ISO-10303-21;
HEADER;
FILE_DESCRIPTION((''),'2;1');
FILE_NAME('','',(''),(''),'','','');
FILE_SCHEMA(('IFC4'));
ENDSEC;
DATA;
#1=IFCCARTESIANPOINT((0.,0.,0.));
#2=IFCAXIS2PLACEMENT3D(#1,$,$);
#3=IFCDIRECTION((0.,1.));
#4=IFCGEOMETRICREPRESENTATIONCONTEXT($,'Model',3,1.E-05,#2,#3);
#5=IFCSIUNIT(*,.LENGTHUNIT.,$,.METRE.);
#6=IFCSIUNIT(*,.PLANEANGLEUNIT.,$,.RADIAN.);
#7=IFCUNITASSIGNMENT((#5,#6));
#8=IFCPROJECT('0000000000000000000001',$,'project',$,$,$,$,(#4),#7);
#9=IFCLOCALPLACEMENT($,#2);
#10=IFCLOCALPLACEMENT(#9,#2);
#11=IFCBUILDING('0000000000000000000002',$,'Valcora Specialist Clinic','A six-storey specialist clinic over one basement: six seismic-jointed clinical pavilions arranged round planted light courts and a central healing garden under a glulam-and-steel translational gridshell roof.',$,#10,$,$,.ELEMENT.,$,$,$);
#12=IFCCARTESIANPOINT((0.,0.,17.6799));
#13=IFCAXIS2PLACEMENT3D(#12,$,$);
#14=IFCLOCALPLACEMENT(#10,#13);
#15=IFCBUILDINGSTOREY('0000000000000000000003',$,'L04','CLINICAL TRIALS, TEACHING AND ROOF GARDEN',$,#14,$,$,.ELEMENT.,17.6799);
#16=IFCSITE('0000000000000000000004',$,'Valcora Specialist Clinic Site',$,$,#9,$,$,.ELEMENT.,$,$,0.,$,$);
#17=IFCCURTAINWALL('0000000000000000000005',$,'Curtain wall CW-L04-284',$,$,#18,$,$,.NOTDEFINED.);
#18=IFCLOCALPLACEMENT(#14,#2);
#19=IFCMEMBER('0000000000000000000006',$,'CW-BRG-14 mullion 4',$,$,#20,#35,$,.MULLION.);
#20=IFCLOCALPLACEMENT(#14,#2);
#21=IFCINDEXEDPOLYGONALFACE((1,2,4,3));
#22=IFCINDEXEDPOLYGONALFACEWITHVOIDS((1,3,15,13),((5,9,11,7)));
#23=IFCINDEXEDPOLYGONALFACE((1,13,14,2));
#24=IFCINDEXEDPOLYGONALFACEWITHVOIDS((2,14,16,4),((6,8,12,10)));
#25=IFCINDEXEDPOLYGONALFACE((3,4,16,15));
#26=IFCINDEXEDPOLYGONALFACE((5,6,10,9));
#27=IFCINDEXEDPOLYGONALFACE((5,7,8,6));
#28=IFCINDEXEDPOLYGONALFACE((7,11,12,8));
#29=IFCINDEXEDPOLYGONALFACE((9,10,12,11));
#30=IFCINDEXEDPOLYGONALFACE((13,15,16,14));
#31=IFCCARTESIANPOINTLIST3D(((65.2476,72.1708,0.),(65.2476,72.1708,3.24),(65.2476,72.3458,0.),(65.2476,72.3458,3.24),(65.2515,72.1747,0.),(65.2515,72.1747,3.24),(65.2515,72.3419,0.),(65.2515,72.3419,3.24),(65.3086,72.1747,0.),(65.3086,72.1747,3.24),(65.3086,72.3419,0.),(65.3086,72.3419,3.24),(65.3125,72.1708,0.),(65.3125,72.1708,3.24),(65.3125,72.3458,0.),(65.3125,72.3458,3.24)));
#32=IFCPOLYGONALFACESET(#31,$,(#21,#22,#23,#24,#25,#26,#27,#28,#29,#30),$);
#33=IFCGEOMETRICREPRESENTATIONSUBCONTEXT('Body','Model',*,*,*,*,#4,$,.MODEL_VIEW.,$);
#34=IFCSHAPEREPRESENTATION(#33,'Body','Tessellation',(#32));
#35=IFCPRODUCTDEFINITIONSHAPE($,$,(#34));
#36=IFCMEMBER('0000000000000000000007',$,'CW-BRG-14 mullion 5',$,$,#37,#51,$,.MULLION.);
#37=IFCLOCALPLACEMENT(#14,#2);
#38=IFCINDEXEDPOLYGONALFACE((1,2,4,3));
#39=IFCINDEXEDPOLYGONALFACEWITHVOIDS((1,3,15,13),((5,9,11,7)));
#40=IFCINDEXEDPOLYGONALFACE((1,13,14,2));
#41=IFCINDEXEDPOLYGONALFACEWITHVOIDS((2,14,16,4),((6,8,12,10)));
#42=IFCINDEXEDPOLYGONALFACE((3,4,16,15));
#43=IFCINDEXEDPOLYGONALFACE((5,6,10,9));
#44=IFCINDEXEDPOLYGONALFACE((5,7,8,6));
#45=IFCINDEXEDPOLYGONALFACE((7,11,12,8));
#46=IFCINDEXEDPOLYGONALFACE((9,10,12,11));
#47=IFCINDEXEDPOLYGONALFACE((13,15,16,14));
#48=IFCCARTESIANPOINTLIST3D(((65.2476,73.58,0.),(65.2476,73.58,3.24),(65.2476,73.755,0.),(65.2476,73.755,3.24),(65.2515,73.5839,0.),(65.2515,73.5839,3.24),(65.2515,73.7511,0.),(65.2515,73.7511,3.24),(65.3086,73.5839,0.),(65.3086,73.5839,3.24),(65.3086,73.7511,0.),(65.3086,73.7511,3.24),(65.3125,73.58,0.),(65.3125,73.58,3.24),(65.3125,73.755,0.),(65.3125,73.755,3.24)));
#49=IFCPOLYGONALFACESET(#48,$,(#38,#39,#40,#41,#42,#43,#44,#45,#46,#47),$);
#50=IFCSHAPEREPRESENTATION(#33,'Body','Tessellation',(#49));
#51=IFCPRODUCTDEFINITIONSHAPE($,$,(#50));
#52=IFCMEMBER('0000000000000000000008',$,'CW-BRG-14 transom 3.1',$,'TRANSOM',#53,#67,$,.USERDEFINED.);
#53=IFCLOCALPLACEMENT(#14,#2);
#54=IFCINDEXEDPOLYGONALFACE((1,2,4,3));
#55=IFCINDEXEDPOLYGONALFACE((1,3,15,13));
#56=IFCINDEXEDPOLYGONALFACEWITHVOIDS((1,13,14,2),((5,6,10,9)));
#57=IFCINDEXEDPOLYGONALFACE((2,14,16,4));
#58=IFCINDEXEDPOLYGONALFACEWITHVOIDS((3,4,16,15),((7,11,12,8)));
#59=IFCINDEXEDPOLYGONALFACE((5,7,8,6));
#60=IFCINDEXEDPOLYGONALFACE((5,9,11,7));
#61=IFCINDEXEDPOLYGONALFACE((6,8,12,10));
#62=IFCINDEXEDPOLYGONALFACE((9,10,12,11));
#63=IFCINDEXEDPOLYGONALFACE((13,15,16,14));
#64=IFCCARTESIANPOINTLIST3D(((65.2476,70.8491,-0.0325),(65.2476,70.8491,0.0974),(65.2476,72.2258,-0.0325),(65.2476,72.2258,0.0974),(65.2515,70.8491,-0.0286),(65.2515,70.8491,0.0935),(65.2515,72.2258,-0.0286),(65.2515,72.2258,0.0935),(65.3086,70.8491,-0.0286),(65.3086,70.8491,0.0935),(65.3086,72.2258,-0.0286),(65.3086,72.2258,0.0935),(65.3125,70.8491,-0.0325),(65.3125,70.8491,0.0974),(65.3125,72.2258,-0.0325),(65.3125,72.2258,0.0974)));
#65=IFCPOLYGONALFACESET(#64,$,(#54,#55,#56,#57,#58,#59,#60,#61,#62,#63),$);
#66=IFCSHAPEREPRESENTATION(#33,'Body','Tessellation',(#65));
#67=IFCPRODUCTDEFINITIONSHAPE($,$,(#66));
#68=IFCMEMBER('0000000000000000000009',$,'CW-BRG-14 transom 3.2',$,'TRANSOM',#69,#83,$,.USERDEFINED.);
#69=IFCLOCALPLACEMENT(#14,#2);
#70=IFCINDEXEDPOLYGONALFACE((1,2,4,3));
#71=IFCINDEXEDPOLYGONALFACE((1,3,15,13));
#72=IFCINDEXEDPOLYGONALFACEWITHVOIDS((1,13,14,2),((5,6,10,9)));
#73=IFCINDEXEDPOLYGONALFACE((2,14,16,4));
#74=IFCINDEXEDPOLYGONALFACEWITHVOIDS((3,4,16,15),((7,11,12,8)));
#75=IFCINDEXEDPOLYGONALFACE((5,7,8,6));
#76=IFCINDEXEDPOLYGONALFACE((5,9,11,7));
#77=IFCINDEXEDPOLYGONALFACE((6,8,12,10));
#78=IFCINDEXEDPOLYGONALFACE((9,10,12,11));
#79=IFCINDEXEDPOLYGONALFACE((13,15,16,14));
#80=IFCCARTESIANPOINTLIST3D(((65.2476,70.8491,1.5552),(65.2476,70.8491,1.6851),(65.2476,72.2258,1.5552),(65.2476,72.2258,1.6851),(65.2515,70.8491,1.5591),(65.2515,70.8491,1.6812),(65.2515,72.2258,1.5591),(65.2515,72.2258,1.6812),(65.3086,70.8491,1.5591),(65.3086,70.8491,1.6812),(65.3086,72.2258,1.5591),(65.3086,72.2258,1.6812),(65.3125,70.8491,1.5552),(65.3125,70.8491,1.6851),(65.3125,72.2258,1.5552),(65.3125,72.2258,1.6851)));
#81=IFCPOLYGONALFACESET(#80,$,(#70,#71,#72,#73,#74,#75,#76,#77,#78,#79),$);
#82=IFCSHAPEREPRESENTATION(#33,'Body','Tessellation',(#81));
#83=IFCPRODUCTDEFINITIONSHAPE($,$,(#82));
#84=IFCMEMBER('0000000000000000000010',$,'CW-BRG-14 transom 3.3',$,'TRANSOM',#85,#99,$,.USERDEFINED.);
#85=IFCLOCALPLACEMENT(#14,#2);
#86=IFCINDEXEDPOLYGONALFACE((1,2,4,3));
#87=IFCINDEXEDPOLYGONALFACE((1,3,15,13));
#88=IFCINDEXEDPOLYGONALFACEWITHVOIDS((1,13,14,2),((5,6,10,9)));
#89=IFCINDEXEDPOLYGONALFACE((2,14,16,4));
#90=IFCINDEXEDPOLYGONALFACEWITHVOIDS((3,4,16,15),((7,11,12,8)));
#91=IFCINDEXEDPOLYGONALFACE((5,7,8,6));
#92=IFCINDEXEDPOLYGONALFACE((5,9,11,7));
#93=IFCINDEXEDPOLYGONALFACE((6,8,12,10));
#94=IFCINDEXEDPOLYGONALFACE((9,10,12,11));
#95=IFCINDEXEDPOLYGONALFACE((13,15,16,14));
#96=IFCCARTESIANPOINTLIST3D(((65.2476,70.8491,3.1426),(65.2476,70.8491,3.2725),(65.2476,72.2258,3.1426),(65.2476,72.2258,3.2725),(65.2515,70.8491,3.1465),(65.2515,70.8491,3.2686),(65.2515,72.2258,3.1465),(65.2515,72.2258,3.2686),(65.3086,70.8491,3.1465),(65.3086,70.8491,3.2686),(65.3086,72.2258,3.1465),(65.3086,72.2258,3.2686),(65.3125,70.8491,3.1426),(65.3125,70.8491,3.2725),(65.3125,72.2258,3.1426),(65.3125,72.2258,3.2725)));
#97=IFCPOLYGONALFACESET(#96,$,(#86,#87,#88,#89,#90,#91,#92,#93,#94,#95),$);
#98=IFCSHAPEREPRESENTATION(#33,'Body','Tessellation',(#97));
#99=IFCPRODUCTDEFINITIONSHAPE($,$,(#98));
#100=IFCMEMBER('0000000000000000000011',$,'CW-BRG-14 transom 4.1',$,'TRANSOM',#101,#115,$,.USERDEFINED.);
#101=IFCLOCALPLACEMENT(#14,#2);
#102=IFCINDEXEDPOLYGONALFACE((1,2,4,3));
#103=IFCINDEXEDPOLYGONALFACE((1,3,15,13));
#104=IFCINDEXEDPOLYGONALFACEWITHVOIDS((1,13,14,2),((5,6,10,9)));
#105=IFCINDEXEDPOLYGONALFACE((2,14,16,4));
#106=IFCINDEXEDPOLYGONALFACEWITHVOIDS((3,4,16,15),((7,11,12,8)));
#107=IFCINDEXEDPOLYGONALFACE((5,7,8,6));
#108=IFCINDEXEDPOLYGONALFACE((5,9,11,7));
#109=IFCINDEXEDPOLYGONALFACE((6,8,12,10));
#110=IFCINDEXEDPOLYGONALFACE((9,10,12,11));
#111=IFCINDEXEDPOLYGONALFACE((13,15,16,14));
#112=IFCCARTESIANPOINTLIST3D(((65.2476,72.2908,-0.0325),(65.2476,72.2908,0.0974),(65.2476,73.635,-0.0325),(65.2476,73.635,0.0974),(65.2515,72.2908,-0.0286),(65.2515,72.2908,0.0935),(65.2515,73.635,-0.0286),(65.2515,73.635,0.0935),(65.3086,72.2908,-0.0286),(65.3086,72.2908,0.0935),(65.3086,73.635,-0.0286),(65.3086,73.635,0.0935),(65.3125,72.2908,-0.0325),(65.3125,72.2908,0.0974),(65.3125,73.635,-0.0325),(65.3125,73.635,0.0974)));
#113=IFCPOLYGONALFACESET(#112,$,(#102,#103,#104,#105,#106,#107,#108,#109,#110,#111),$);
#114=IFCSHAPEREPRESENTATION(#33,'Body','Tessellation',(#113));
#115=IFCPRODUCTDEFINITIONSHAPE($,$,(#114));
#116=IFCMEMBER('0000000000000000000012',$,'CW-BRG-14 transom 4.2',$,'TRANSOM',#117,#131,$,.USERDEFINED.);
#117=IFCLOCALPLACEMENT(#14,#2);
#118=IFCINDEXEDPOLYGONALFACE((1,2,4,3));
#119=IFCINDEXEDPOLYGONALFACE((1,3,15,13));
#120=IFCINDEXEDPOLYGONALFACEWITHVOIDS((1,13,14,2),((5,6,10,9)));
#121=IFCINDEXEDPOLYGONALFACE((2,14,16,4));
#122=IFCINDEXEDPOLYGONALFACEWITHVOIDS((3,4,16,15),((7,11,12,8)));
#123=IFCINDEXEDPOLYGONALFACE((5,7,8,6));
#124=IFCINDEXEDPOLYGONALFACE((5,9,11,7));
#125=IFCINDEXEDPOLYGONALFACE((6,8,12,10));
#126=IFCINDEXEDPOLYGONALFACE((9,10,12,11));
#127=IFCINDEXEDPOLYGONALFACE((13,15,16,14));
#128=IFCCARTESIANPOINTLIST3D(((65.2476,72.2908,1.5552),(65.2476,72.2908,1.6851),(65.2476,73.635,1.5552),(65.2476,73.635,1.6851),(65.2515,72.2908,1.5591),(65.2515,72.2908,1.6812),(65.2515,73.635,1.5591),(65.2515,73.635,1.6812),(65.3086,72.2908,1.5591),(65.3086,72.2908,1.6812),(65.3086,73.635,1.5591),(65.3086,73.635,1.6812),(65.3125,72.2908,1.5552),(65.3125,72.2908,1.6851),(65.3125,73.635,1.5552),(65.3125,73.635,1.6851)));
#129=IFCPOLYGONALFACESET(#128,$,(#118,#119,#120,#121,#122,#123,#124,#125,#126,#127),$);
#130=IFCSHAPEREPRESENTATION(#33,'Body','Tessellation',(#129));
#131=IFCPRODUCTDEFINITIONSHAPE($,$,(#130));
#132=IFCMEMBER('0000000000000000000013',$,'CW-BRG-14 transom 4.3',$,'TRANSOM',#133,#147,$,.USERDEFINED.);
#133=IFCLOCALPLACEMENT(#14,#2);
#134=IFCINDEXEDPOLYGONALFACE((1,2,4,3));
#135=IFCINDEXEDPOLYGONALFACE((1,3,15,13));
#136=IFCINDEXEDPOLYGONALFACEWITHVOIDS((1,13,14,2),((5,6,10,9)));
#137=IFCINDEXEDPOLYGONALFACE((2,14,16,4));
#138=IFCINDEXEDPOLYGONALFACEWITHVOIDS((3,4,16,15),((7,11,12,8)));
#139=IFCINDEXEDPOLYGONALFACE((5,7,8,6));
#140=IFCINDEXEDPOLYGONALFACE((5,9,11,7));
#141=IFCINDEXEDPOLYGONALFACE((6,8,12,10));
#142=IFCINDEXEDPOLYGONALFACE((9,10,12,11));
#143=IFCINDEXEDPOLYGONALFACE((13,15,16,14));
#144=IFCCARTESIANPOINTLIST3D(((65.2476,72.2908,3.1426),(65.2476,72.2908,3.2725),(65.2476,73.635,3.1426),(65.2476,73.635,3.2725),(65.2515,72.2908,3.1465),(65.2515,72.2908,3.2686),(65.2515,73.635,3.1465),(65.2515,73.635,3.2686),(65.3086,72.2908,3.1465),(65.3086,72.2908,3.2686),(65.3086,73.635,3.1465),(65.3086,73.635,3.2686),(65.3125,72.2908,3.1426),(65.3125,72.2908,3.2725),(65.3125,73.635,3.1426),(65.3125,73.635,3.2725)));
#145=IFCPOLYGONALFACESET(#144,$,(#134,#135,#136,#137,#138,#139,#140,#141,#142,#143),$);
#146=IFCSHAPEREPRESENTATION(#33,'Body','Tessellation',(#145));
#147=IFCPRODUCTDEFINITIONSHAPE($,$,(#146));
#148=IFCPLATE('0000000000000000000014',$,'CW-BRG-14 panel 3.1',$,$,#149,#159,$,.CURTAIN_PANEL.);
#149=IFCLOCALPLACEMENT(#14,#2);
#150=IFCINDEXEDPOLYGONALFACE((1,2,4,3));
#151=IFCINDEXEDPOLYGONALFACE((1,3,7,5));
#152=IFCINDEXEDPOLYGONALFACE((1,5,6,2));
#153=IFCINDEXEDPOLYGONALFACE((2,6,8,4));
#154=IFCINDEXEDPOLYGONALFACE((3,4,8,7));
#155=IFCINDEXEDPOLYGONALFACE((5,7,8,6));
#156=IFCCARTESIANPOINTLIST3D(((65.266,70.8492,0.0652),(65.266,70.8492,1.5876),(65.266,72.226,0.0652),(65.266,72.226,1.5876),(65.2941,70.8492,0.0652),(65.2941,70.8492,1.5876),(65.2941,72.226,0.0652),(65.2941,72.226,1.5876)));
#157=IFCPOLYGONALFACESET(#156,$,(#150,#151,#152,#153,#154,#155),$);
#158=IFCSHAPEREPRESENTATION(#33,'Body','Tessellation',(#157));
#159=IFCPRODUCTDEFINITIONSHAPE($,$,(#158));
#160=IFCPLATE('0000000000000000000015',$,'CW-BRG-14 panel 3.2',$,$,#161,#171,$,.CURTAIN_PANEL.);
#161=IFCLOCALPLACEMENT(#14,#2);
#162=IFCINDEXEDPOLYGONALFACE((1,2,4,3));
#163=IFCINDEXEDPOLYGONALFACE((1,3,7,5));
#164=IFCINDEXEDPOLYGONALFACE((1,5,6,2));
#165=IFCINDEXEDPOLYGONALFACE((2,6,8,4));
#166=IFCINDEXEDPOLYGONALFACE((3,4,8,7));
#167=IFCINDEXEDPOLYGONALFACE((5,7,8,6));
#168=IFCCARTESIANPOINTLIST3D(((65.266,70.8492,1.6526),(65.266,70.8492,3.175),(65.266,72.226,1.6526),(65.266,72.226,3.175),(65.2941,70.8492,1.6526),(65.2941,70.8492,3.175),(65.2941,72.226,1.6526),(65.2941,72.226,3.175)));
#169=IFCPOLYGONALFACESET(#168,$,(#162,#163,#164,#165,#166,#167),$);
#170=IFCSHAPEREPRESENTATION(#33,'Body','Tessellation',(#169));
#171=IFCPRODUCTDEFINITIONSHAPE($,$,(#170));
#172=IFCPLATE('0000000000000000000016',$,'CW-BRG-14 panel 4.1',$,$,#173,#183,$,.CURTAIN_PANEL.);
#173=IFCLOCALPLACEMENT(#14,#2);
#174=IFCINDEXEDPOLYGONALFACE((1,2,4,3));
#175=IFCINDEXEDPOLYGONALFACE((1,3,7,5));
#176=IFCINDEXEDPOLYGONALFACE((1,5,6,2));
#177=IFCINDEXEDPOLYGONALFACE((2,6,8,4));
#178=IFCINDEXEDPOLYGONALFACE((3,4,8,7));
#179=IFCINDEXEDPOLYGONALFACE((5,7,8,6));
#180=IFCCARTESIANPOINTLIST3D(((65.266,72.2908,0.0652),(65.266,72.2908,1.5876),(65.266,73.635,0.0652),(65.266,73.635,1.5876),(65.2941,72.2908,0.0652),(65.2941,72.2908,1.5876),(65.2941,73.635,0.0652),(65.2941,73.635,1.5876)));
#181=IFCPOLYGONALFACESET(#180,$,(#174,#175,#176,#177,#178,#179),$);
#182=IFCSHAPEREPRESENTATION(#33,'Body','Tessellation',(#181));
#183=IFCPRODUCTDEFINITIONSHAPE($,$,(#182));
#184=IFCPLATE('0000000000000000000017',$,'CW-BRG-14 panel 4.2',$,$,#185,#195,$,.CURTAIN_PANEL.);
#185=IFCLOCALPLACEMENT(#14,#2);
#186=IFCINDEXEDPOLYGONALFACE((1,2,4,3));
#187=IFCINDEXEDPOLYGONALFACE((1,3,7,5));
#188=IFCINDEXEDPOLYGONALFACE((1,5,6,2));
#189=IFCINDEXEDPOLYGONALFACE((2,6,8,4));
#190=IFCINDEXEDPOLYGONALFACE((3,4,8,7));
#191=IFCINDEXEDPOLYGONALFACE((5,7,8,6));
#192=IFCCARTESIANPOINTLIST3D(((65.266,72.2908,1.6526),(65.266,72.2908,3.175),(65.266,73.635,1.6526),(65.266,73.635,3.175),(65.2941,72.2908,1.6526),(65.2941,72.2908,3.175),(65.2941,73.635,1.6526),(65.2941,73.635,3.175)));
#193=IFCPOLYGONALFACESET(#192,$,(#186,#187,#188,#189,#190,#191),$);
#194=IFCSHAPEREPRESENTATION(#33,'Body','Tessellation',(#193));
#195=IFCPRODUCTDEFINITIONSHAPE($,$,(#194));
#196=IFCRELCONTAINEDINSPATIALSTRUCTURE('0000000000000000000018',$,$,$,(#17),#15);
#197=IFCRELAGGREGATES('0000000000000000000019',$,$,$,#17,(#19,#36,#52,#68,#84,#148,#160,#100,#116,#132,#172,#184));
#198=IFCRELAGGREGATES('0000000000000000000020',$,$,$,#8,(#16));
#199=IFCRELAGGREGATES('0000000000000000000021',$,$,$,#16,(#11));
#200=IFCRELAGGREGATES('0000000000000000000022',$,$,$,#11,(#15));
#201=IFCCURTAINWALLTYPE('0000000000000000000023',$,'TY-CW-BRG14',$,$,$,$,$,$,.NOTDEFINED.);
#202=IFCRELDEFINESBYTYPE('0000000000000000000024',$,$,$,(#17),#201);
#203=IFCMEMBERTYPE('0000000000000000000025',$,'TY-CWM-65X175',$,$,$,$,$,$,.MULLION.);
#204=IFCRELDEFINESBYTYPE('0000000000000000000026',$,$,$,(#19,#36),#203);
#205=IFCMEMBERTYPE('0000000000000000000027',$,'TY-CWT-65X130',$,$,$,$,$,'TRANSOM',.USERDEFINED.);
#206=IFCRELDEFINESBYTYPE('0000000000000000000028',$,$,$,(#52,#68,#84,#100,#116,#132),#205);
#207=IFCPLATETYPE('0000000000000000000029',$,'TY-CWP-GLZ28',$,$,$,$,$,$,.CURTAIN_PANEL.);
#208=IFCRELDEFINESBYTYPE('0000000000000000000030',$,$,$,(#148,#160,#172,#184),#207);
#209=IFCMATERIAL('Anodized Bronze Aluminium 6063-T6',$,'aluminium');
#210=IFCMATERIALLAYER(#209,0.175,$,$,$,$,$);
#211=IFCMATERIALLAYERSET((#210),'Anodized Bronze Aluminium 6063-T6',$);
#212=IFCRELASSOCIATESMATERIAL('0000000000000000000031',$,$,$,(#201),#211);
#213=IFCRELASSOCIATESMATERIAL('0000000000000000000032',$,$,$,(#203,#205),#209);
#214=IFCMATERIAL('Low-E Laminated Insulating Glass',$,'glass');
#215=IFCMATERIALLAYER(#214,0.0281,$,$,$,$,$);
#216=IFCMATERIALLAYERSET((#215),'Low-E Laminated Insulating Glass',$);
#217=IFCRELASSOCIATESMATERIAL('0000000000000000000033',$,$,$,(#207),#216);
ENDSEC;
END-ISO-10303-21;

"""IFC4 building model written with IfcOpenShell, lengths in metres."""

from ifc_helpers import new_model, si_unit, direction, frame, origin, origin_2d, place, context, subcontext, project, spatial, rectangle, hollow_rectangle, extrude, material, layer, layer_set, material_profile, profile_set, type_object, element, aggregate, save


model = new_model("IFC4")

# Units and contexts
model_context = context("Model", 3, precision=1e-05, world=origin(), true_north=direction((0.0, 1.0)))
body_context = subcontext(model_context, "Body", "Model", "MODEL_VIEW")
ifc_project = project(units=[si_unit("LENGTHUNIT", "METRE"), si_unit("PLANEANGLEUNIT", "RADIAN")], contexts=[model_context])

# Site, building, storey
site_placement = place(None, origin())
site = spatial("IfcSite", under=ifc_project, at=site_placement, Name="Valcora Specialist Clinic Site", CompositionType="ELEMENT", RefElevation=0.0)
building_placement = place(site_placement, origin())
building = spatial("IfcBuilding", under=site, at=building_placement, Name="Valcora Specialist Clinic", Description="A six-storey specialist clinic over one basement: six seismic-jointed clinical pavilions arranged round planted light courts and a central healing garden under a glulam-and-steel translational gridshell roof.", CompositionType="ELEMENT")
storey_placement = place(building_placement, frame((0.0, 0.0, 17.6799)))
storey = spatial("IfcBuildingStorey", under=building, at=storey_placement, Name="L04", Description="CLINICAL TRIALS, TEACHING AND ROOF GARDEN", CompositionType="ELEMENT", Elevation=17.6799)

# Curtain wall, members, plates
ifc_material_1 = material(Name="Anodized Bronze Aluminium 6063-T6", Category="aluminium")
ifc_layer_1 = layer(ifc_material_1, 0.175)
ifc_layer_set_1 = layer_set([ifc_layer_1], Name="Anodized Bronze Aluminium 6063-T6")
curtain_wall_type = type_object("IfcCurtainWallType", Name="TY-CW-BRG14", PredefinedType="NOTDEFINED", material=ifc_layer_set_1)
curtain_wall_placement = place(storey_placement, origin())
curtain_wall = element("IfcCurtainWall", 1, at=curtain_wall_placement, inside=storey, type_object=curtain_wall_type, Name="Curtain wall CW-L04-284", PredefinedType="NOTDEFINED")
ifc_material_profile_1 = material_profile(ifc_material_1, hollow_rectangle(XDim=0.0649, YDim=0.175, WallThickness=0.0039, at=origin_2d()), Name="AL-MUL-65X175")
ifc_profile_set_1 = profile_set([ifc_material_profile_1], Name="Anodized Bronze Aluminium 6063-T6")
member_type_1 = type_object("IfcMemberType", Name="TY-CWM-65X175", PredefinedType="MULLION", material=ifc_profile_set_1)
member_1_placement = place(storey_placement, frame((65.28, 72.2583, 0.0), z_axis=(0.0, 0.0, 1.0), x_axis=(-1.0, 0.0, 0.0)))
member_1 = element("IfcMember", 2, at=member_1_placement, type_object=member_type_1, Name="CW-BRG-14 mullion 4", PredefinedType="MULLION", context=body_context, shape_type="SweptSolid", body=[
    extrude(hollow_rectangle(XDim=0.0649, YDim=0.175, WallThickness=0.0039, at=origin_2d()), origin(), (0.0, 0.0, 1.0), 3.24),
])
member_2_placement = place(storey_placement, frame((65.28, 73.6675, 0.0), z_axis=(0.0, 0.0, 1.0), x_axis=(-1.0, 0.0, 0.0)))
member_2 = element("IfcMember", 3, at=member_2_placement, type_object=member_type_1, Name="CW-BRG-14 mullion 5", PredefinedType="MULLION", context=body_context, shape_type="SweptSolid", body=[
    extrude(hollow_rectangle(XDim=0.0649, YDim=0.175, WallThickness=0.0039, at=origin_2d()), origin(), (0.0, 0.0, 1.0), 3.24),
])
ifc_material_profile_2 = material_profile(ifc_material_1, hollow_rectangle(XDim=0.0649, YDim=0.1299, WallThickness=0.0039, at=origin_2d()), Name="AL-TRN-65X130")
ifc_profile_set_2 = profile_set([ifc_material_profile_2], Name="Anodized Bronze Aluminium 6063-T6")
member_type_2 = type_object("IfcMemberType", Name="TY-CWT-65X130", ElementType="TRANSOM", PredefinedType="USERDEFINED", material=ifc_profile_set_2)
member_3_placement = place(storey_placement, frame((65.28, 70.8491, 0.0325), z_axis=(0.0, 1.0, 0.0), x_axis=(-1.0, 0.0, 0.0)))
member_3 = element("IfcMember", 4, at=member_3_placement, type_object=member_type_2, Name="CW-BRG-14 transom 3.1", ObjectType="TRANSOM", PredefinedType="USERDEFINED", context=body_context, shape_type="SweptSolid", body=[
    extrude(hollow_rectangle(XDim=0.0649, YDim=0.1299, WallThickness=0.0039, at=origin_2d()), origin(), (0.0, 0.0, 1.0), 1.3767),
])
member_4_placement = place(storey_placement, frame((65.28, 70.8491, 1.6201), z_axis=(0.0, 1.0, 0.0), x_axis=(-1.0, 0.0, 0.0)))
member_4 = element("IfcMember", 5, at=member_4_placement, type_object=member_type_2, Name="CW-BRG-14 transom 3.2", ObjectType="TRANSOM", PredefinedType="USERDEFINED", context=body_context, shape_type="SweptSolid", body=[
    extrude(hollow_rectangle(XDim=0.0649, YDim=0.1299, WallThickness=0.0039, at=origin_2d()), origin(), (0.0, 0.0, 1.0), 1.3767),
])
member_5_placement = place(storey_placement, frame((65.28, 70.8491, 3.2075), z_axis=(0.0, 1.0, 0.0), x_axis=(-1.0, 0.0, 0.0)))
member_5 = element("IfcMember", 6, at=member_5_placement, type_object=member_type_2, Name="CW-BRG-14 transom 3.3", ObjectType="TRANSOM", PredefinedType="USERDEFINED", context=body_context, shape_type="SweptSolid", body=[
    extrude(hollow_rectangle(XDim=0.0649, YDim=0.1299, WallThickness=0.0039, at=origin_2d()), origin(), (0.0, 0.0, 1.0), 1.3767),
])
member_6_placement = place(storey_placement, frame((65.28, 72.2908, 0.0325), z_axis=(0.0, 1.0, 0.0), x_axis=(-1.0, 0.0, 0.0)))
member_6 = element("IfcMember", 7, at=member_6_placement, type_object=member_type_2, Name="CW-BRG-14 transom 4.1", ObjectType="TRANSOM", PredefinedType="USERDEFINED", context=body_context, shape_type="SweptSolid", body=[
    extrude(hollow_rectangle(XDim=0.0649, YDim=0.1299, WallThickness=0.0039, at=origin_2d()), origin(), (0.0, 0.0, 1.0), 1.3442),
])
member_7_placement = place(storey_placement, frame((65.28, 72.2908, 1.6201), z_axis=(0.0, 1.0, 0.0), x_axis=(-1.0, 0.0, 0.0)))
member_7 = element("IfcMember", 8, at=member_7_placement, type_object=member_type_2, Name="CW-BRG-14 transom 4.2", ObjectType="TRANSOM", PredefinedType="USERDEFINED", context=body_context, shape_type="SweptSolid", body=[
    extrude(hollow_rectangle(XDim=0.0649, YDim=0.1299, WallThickness=0.0039, at=origin_2d()), origin(), (0.0, 0.0, 1.0), 1.3442),
])
member_8_placement = place(storey_placement, frame((65.28, 72.2908, 3.2075), z_axis=(0.0, 1.0, 0.0), x_axis=(-1.0, 0.0, 0.0)))
member_8 = element("IfcMember", 9, at=member_8_placement, type_object=member_type_2, Name="CW-BRG-14 transom 4.3", ObjectType="TRANSOM", PredefinedType="USERDEFINED", context=body_context, shape_type="SweptSolid", body=[
    extrude(hollow_rectangle(XDim=0.0649, YDim=0.1299, WallThickness=0.0039, at=origin_2d()), origin(), (0.0, 0.0, 1.0), 1.3442),
])
ifc_material_2 = material(Name="Low-E Laminated Insulating Glass", Category="glass")
ifc_layer_2 = layer(ifc_material_2, 0.0281)
ifc_layer_set_2 = layer_set([ifc_layer_2], Name="Low-E Laminated Insulating Glass")
plate_type = type_object("IfcPlateType", Name="TY-CWP-GLZ28", PredefinedType="CURTAIN_PANEL", material=ifc_layer_set_2)
plate_1_placement = place(storey_placement, frame((65.28, 71.5376, 0.0652), z_axis=(0.0, 0.0, 1.0), x_axis=(0.0, 1.0, 0.0)))
plate_1 = element("IfcPlate", 10, at=plate_1_placement, type_object=plate_type, Name="CW-BRG-14 panel 3.1", PredefinedType="CURTAIN_PANEL", context=body_context, shape_type="SweptSolid", body=[
    extrude(rectangle(XDim=1.3767, YDim=0.0281, at=origin_2d()), origin(), (0.0, 0.0, 1.0), 1.5225),
])
plate_2_placement = place(storey_placement, frame((65.28, 71.5376, 1.6526), z_axis=(0.0, 0.0, 1.0), x_axis=(0.0, 1.0, 0.0)))
plate_2 = element("IfcPlate", 11, at=plate_2_placement, type_object=plate_type, Name="CW-BRG-14 panel 3.2", PredefinedType="CURTAIN_PANEL", context=body_context, shape_type="SweptSolid", body=[
    extrude(rectangle(XDim=1.3767, YDim=0.0281, at=origin_2d()), origin(), (0.0, 0.0, 1.0), 1.5225),
])
plate_3_placement = place(storey_placement, frame((65.28, 72.9629, 0.0652), z_axis=(0.0, 0.0, 1.0), x_axis=(0.0, 1.0, 0.0)))
plate_3 = element("IfcPlate", 12, at=plate_3_placement, type_object=plate_type, Name="CW-BRG-14 panel 4.1", PredefinedType="CURTAIN_PANEL", context=body_context, shape_type="SweptSolid", body=[
    extrude(rectangle(XDim=1.3442, YDim=0.0281, at=origin_2d()), origin(), (0.0, 0.0, 1.0), 1.5225),
])
plate_4_placement = place(storey_placement, frame((65.28, 72.9629, 1.6526), z_axis=(0.0, 0.0, 1.0), x_axis=(0.0, 1.0, 0.0)))
plate_4 = element("IfcPlate", 13, at=plate_4_placement, type_object=plate_type, Name="CW-BRG-14 panel 4.2", PredefinedType="CURTAIN_PANEL", context=body_context, shape_type="SweptSolid", body=[
    extrude(rectangle(XDim=1.3442, YDim=0.0281, at=origin_2d()), origin(), (0.0, 0.0, 1.0), 1.5225),
])
aggregate(curtain_wall, [member_1, member_2, member_3, member_4, member_5, plate_1, plate_2, member_6, member_7, member_8, plate_3, plate_4])

save(model, "model.ifc")
